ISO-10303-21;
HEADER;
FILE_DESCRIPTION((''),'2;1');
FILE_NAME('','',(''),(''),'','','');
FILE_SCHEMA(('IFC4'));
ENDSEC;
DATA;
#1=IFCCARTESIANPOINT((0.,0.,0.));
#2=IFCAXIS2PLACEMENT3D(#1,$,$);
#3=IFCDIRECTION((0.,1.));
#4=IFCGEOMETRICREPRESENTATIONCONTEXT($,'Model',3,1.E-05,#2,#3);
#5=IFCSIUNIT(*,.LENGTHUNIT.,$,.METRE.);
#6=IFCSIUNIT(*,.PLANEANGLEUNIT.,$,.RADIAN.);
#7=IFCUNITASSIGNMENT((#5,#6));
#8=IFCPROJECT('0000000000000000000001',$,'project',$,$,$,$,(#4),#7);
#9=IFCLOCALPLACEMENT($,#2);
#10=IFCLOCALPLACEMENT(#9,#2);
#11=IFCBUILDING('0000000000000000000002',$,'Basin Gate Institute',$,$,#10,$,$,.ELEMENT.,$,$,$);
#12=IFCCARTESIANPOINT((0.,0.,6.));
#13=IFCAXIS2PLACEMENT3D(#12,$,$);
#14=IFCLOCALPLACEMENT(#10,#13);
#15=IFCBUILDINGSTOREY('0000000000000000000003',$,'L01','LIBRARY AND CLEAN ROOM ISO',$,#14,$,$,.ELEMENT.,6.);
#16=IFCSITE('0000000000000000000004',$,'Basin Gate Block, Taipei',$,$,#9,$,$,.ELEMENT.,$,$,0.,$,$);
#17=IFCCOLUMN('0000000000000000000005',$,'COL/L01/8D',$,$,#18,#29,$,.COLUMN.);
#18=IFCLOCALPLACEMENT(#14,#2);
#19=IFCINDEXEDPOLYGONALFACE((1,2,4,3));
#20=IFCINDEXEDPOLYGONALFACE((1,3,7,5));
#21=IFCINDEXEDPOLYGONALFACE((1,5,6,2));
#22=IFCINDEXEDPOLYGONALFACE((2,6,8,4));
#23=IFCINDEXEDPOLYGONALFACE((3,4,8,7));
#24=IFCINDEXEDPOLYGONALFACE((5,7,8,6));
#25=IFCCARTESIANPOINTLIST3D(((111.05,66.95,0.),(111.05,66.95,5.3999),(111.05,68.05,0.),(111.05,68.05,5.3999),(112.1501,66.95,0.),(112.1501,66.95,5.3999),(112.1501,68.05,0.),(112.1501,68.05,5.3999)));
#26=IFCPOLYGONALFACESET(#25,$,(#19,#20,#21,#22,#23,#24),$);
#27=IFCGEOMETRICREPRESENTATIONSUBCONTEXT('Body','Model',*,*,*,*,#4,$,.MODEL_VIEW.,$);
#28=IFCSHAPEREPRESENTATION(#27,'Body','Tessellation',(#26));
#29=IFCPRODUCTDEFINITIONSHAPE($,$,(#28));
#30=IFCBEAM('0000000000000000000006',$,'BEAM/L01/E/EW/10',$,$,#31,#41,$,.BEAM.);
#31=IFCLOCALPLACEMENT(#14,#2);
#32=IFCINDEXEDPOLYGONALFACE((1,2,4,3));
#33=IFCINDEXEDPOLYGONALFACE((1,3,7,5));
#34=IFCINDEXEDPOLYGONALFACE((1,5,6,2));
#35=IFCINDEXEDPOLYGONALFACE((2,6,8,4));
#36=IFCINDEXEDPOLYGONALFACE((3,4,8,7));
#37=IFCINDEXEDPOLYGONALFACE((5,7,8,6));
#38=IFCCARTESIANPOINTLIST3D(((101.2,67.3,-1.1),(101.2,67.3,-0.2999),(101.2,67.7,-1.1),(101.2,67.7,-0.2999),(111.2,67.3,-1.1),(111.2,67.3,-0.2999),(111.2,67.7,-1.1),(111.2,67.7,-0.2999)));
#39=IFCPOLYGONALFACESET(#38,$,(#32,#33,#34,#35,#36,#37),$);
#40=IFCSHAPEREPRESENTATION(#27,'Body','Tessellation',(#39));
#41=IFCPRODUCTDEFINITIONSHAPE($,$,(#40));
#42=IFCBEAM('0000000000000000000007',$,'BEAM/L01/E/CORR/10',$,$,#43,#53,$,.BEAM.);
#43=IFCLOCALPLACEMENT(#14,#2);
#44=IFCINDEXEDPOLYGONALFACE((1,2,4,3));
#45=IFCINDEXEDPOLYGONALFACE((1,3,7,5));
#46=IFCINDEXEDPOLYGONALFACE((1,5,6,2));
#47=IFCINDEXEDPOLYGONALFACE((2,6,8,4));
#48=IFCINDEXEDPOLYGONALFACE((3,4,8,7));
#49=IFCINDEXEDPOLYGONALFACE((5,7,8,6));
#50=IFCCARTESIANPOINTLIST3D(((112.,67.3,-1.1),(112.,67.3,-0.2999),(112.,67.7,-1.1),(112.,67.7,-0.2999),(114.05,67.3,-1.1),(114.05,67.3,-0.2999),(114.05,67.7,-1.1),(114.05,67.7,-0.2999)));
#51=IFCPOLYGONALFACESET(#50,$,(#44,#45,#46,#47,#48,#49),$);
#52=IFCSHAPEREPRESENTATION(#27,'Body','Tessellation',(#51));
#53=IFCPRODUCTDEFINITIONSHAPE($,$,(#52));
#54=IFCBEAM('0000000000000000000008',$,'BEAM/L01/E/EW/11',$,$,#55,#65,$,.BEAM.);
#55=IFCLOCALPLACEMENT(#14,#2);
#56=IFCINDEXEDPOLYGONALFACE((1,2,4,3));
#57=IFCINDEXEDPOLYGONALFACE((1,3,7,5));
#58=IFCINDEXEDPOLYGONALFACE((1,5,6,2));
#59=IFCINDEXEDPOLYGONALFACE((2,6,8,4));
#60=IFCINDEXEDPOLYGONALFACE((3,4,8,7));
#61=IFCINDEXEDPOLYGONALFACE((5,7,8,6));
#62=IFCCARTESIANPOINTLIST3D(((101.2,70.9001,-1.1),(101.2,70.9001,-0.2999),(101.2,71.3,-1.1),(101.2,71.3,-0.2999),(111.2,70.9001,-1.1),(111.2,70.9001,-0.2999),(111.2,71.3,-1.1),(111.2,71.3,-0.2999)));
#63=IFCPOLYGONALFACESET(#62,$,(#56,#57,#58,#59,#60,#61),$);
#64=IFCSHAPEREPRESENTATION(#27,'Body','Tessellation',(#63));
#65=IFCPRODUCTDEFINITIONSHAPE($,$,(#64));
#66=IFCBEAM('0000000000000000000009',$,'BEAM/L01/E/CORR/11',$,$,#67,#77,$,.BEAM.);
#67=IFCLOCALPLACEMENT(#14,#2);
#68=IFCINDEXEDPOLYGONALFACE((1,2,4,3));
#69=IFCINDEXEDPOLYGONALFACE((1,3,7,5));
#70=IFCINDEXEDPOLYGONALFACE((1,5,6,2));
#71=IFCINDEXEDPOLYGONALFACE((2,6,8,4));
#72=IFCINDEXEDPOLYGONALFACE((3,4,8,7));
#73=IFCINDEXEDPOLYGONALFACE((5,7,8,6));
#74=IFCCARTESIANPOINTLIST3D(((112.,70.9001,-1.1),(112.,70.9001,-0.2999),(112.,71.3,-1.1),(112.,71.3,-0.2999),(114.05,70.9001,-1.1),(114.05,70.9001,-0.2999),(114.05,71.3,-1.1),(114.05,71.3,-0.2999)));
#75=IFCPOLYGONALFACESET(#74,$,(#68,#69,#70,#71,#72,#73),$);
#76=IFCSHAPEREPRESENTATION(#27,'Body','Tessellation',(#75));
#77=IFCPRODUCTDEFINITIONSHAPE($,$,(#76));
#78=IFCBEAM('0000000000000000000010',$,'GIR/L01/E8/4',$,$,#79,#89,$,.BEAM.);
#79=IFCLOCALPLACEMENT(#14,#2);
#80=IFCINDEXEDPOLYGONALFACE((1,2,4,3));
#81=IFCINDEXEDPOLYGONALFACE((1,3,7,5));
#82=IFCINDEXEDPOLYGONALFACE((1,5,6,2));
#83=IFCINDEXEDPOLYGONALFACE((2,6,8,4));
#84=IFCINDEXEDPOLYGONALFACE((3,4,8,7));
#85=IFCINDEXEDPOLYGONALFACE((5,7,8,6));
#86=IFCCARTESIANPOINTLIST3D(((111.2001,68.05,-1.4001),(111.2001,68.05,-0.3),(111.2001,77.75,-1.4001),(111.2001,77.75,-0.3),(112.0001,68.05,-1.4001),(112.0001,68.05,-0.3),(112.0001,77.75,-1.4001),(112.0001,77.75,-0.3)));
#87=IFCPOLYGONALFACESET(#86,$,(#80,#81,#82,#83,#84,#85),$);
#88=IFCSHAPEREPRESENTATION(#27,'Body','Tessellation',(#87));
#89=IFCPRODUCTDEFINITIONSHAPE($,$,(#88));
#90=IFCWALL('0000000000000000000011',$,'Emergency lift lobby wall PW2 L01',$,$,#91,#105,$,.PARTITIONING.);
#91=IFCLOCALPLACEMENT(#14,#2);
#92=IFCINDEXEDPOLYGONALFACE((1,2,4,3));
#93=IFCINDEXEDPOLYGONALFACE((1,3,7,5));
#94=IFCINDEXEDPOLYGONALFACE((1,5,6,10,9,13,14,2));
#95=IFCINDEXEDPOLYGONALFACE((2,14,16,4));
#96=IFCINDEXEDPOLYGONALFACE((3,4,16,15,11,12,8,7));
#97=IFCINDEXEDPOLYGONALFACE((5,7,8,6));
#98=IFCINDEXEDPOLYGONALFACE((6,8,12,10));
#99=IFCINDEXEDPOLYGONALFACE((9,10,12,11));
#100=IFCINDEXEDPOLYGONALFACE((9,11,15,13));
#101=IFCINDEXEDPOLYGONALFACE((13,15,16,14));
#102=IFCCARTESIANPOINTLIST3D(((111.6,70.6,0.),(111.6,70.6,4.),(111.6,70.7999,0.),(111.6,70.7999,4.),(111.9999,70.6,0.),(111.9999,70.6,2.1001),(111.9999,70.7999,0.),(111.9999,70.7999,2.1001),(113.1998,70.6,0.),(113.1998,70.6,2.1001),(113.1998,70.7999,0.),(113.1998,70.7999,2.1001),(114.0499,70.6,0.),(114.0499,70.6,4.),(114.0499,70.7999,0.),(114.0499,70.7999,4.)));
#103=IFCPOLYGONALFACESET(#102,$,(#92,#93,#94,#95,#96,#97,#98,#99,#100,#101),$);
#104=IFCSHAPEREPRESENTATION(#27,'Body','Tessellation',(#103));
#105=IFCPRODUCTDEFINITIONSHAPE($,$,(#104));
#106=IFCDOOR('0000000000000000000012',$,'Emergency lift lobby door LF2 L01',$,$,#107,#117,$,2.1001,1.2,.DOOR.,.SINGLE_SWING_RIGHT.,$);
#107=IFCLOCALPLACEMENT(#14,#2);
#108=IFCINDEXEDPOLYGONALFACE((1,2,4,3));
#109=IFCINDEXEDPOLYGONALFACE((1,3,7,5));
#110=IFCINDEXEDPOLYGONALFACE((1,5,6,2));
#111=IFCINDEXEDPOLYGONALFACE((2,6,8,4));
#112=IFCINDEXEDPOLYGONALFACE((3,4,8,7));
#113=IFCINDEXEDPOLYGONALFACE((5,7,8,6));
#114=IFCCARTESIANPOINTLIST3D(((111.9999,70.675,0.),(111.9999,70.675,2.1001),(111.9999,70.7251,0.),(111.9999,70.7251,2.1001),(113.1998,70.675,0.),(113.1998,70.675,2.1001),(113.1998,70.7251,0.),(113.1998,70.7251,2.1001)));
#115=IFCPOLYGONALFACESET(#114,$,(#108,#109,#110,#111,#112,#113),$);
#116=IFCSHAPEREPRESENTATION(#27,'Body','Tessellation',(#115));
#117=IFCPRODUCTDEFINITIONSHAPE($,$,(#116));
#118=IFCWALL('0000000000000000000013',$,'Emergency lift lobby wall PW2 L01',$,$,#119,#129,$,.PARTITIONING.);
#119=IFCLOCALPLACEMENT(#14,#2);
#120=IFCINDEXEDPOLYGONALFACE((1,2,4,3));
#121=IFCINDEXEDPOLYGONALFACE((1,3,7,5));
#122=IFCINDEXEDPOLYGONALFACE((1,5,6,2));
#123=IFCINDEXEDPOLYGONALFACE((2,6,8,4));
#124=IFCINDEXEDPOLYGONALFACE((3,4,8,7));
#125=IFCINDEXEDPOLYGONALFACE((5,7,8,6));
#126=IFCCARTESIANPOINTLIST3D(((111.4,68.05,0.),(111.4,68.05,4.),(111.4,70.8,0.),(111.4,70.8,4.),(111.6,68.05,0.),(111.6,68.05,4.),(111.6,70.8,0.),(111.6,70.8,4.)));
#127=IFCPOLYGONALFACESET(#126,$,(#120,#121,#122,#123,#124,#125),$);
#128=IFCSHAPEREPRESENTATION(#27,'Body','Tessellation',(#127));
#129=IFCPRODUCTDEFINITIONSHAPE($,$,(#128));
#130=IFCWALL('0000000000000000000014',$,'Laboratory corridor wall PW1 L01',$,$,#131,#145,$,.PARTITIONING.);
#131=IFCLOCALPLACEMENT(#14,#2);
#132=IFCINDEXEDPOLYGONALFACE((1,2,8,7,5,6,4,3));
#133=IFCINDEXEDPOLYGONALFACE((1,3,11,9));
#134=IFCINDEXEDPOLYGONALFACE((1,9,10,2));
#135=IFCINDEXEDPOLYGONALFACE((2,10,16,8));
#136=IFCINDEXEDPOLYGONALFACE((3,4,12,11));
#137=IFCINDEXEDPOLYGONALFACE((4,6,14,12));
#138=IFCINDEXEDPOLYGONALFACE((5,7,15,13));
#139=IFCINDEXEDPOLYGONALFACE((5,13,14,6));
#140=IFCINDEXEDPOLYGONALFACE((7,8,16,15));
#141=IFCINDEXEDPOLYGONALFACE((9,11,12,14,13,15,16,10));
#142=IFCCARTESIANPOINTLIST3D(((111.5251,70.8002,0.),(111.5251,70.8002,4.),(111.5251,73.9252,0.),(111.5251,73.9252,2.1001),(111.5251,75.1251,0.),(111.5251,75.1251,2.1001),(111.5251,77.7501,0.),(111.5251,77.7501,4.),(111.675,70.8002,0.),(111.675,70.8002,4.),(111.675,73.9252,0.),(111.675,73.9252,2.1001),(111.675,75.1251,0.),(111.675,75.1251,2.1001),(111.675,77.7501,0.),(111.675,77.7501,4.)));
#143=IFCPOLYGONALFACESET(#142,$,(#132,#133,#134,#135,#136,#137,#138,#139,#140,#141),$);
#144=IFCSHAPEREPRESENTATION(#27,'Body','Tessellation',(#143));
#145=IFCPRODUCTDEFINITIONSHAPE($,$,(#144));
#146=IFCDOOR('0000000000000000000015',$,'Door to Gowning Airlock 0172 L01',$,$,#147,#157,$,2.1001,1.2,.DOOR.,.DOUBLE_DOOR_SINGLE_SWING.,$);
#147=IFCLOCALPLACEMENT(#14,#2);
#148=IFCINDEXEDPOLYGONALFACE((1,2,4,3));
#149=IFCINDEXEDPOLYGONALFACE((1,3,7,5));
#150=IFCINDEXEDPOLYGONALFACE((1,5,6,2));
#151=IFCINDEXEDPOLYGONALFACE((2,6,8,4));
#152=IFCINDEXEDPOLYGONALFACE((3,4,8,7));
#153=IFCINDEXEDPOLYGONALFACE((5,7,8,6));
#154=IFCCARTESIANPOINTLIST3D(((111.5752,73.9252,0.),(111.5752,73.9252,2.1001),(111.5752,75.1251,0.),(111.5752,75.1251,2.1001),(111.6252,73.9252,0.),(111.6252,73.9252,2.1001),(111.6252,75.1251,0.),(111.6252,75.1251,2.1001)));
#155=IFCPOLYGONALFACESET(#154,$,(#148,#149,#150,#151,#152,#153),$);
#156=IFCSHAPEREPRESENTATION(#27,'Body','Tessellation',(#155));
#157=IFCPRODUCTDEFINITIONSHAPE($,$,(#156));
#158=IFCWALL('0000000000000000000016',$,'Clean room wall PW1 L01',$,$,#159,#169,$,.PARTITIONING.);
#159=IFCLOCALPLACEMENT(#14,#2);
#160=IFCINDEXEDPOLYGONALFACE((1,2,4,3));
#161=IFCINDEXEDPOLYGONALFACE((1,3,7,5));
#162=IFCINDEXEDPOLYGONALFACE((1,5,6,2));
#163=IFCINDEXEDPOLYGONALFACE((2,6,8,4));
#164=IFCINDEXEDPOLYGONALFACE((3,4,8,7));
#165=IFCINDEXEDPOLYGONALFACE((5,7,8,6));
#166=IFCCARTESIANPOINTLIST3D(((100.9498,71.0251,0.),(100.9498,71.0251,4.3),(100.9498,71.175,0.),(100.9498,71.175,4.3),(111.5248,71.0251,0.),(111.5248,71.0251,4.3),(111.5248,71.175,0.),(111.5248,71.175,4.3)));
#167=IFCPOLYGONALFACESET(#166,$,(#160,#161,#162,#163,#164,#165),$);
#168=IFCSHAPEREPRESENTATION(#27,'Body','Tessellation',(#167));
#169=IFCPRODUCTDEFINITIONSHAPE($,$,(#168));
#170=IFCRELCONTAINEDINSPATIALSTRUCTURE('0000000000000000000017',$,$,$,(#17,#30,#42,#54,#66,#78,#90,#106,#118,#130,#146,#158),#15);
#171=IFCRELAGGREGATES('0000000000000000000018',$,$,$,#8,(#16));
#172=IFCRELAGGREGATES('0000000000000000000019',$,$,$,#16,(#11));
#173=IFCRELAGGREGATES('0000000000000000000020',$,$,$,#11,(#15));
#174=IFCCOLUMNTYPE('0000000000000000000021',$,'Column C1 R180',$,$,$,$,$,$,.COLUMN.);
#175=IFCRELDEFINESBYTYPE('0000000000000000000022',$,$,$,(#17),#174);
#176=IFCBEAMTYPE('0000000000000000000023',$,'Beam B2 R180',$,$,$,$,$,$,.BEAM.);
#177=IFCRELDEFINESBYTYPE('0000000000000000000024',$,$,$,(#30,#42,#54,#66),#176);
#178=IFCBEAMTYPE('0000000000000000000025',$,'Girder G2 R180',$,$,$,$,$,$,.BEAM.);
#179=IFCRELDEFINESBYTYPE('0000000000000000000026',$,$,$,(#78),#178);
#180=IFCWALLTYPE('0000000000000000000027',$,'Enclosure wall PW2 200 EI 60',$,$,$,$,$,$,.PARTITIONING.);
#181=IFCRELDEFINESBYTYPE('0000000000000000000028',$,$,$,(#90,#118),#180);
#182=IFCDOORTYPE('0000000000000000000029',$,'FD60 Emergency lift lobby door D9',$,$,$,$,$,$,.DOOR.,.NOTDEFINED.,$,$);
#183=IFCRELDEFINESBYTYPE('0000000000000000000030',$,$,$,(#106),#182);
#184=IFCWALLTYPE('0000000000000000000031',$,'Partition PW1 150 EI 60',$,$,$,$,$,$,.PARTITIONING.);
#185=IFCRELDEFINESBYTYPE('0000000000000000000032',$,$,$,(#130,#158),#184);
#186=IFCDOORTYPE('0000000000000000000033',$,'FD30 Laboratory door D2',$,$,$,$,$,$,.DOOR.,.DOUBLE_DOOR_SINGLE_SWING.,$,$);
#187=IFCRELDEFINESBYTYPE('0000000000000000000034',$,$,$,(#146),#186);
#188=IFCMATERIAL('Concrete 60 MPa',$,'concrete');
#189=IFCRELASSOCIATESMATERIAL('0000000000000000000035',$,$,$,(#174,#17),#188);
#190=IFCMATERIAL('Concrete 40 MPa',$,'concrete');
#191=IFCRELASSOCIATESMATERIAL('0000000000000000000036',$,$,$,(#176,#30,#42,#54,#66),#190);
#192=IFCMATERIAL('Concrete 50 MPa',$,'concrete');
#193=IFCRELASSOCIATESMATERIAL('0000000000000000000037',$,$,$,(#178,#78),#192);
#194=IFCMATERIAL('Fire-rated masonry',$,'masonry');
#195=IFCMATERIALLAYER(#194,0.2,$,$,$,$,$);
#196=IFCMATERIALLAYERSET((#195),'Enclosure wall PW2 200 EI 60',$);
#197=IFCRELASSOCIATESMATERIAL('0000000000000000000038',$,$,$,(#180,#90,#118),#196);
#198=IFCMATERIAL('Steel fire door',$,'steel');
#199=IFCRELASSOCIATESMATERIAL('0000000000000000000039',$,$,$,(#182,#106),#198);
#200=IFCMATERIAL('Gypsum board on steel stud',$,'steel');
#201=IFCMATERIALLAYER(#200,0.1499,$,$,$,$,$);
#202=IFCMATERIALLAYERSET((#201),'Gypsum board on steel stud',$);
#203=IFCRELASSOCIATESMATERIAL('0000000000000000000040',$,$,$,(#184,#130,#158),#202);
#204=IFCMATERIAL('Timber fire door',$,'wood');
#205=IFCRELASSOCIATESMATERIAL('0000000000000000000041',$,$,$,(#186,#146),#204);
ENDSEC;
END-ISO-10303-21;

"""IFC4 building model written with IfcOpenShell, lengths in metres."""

from ifc_helpers import new_model, si_unit, direction, frame, frame_2d, origin, origin_2d, place, context, subcontext, project, spatial, rectangle, extrude, material, layer, layer_set, material_profile, profile_set, type_object, element, fill, save


model = new_model("IFC4")

# Units and contexts
model_context = context("Model", 3, precision=1e-05, world=origin(), true_north=direction((0.0, 1.0)))
body_context = subcontext(model_context, "Body", "Model", "MODEL_VIEW")
ifc_project = project(units=[si_unit("LENGTHUNIT", "METRE"), si_unit("PLANEANGLEUNIT", "RADIAN")], contexts=[model_context])

# Site, building, storey
site_placement = place(None, origin())
site = spatial("IfcSite", under=ifc_project, at=site_placement, Name="Basin Gate Block, Taipei", CompositionType="ELEMENT", RefElevation=0.0)
building_placement = place(site_placement, origin())
building = spatial("IfcBuilding", under=site, at=building_placement, Name="Basin Gate Institute", CompositionType="ELEMENT")
storey_placement = place(building_placement, frame((0.0, 0.0, 6.0)))
storey = spatial("IfcBuildingStorey", under=building, at=storey_placement, Name="L01", Description="LIBRARY AND CLEAN ROOM ISO", CompositionType="ELEMENT", Elevation=6.0)

# Column
ifc_material_1 = material(Name="Concrete 60 MPa", Category="concrete")
ifc_material_profile_1 = material_profile(ifc_material_1, rectangle(XDim=1.1001, YDim=1.1001, at=origin_2d()), Name="Column C1 1100 x 1100")
ifc_profile_set_1 = profile_set([ifc_material_profile_1], Name="Concrete 60 MPa")
column_type = type_object("IfcColumnType", Name="Column C1 R180", PredefinedType="COLUMN", material=ifc_profile_set_1)
column_placement = place(storey_placement, frame((111.6001, 67.5, 0.0), z_axis=(0.0, 0.0, 1.0), x_axis=(1.0, 0.0, 0.0)))
element("IfcColumn", 1, at=column_placement, inside=storey, type_object=column_type, material=ifc_profile_set_1, Name="COL/L01/8D", PredefinedType="COLUMN", context=body_context, shape_type="SweptSolid", body=[
    extrude(rectangle(XDim=1.1001, YDim=1.1001, at=origin_2d()), origin(), (0.0, 0.0, 1.0), 5.3999),
])

# Beams
ifc_material_2 = material(Name="Concrete 40 MPa", Category="concrete")
ifc_material_profile_2 = material_profile(ifc_material_2, rectangle(XDim=0.3999, YDim=0.8, at=origin_2d()), Name="Beam B2 400 x 800")
ifc_profile_set_2 = profile_set([ifc_material_profile_2], Name="Concrete 40 MPa")
beam_type_1 = type_object("IfcBeamType", Name="Beam B2 R180", PredefinedType="BEAM", material=ifc_profile_set_2)
beam_1_placement = place(storey_placement, frame((111.2, 67.5, -0.7), z_axis=(-1.0, 0.0, 0.0), x_axis=(0.0, -1.0, 0.0)))
element("IfcBeam", 2, at=beam_1_placement, inside=storey, type_object=beam_type_1, material=ifc_profile_set_2, Name="BEAM/L01/E/EW/10", PredefinedType="BEAM", context=body_context, shape_type="SweptSolid", body=[
    extrude(rectangle(XDim=0.3999, YDim=0.8, at=origin_2d()), origin(), (0.0, 0.0, 1.0), 10.0),
])
beam_2_placement = place(storey_placement, frame((114.05, 67.5, -0.7), z_axis=(-1.0, 0.0, 0.0), x_axis=(0.0, -1.0, 0.0)))
element("IfcBeam", 3, at=beam_2_placement, inside=storey, type_object=beam_type_1, material=ifc_profile_set_2, Name="BEAM/L01/E/CORR/10", PredefinedType="BEAM", context=body_context, shape_type="SweptSolid", body=[
    extrude(rectangle(XDim=0.3999, YDim=0.8, at=origin_2d()), origin(), (0.0, 0.0, 1.0), 2.05),
])
beam_3_placement = place(storey_placement, frame((111.2, 71.1001, -0.7), z_axis=(-1.0, 0.0, 0.0), x_axis=(0.0, -1.0, 0.0)))
element("IfcBeam", 4, at=beam_3_placement, inside=storey, type_object=beam_type_1, material=ifc_profile_set_2, Name="BEAM/L01/E/EW/11", PredefinedType="BEAM", context=body_context, shape_type="SweptSolid", body=[
    extrude(rectangle(XDim=0.3999, YDim=0.8, at=origin_2d()), origin(), (0.0, 0.0, 1.0), 10.0),
])
beam_4_placement = place(storey_placement, frame((114.05, 71.1001, -0.7), z_axis=(-1.0, 0.0, 0.0), x_axis=(0.0, -1.0, 0.0)))
element("IfcBeam", 5, at=beam_4_placement, inside=storey, type_object=beam_type_1, material=ifc_profile_set_2, Name="BEAM/L01/E/CORR/11", PredefinedType="BEAM", context=body_context, shape_type="SweptSolid", body=[
    extrude(rectangle(XDim=0.3999, YDim=0.8, at=origin_2d()), origin(), (0.0, 0.0, 1.0), 2.05),
])
ifc_material_3 = material(Name="Concrete 50 MPa", Category="concrete")
ifc_material_profile_3 = material_profile(ifc_material_3, rectangle(XDim=0.8, YDim=1.1001, at=origin_2d()), Name="Girder G2 800 x 1100")
ifc_profile_set_3 = profile_set([ifc_material_profile_3], Name="Concrete 50 MPa")
beam_type_2 = type_object("IfcBeamType", Name="Girder G2 R180", PredefinedType="BEAM", material=ifc_profile_set_3)
beam_5_placement = place(storey_placement, frame((111.6001, 68.05, -0.8501), z_axis=(0.0, 1.0, 0.0), x_axis=(-1.0, 0.0, 0.0)))
element("IfcBeam", 6, at=beam_5_placement, inside=storey, type_object=beam_type_2, material=ifc_profile_set_3, Name="GIR/L01/E8/4", PredefinedType="BEAM", context=body_context, shape_type="SweptSolid", body=[
    extrude(rectangle(XDim=0.8, YDim=1.1001, at=origin_2d()), origin(), (0.0, 0.0, 1.0), 9.7),
])

# Wall, opening, door
ifc_material_4 = material(Name="Fire-rated masonry", Category="masonry")
ifc_layer_1 = layer(ifc_material_4, 0.2)
ifc_layer_set_1 = layer_set([ifc_layer_1], Name="Enclosure wall PW2 200 EI 60")
wall_type_1 = type_object("IfcWallType", Name="Enclosure wall PW2 200 EI 60", PredefinedType="PARTITIONING", material=ifc_layer_set_1)
wall_1_placement = place(storey_placement, frame((114.05, 70.7, 0.0), z_axis=(0.0, 0.0, 1.0), x_axis=(-1.0, 0.0, 0.0)))
wall_1 = element("IfcWall", 7, at=wall_1_placement, inside=storey, type_object=wall_type_1, material=ifc_layer_set_1, Name="Emergency lift lobby wall PW2 L01", PredefinedType="PARTITIONING", context=body_context, shape_type="SweptSolid", body=[
    extrude(rectangle(XDim=2.45, YDim=0.2, at=frame_2d((1.2251, 0.0))), origin(), (0.0, 0.0, 1.0), 4.0),
])
opening_1_placement = place(wall_1_placement, frame((0.8501, 0.0, 0.0)))
opening_1 = element("IfcOpeningElement", 8, at=opening_1_placement, cuts=wall_1, PredefinedType="OPENING", context=body_context, shape_type="SweptSolid", body=[
    extrude(rectangle(XDim=1.2, YDim=2.1001, at=frame_2d((0.6001, 1.05))), frame((0.0, 0.1099, 0.0), z_axis=(0.0, -1.0, 0.0), x_axis=(1.0, 0.0, 0.0)), (0.0, 0.0, 1.0), 0.22),
])
ifc_material_5 = material(Name="Steel fire door", Category="steel")
door_type_1 = type_object("IfcDoorType", Name="FD60 Emergency lift lobby door D9", OperationType="NOTDEFINED", PredefinedType="DOOR", material=ifc_material_5)
door_1_placement = place(opening_1_placement, origin())
door_1 = element("IfcDoor", 9, at=door_1_placement, inside=storey, type_object=door_type_1, material=ifc_material_5, Name="Emergency lift lobby door LF2 L01", OperationType="SINGLE_SWING_RIGHT", OverallHeight=2.1001, OverallWidth=1.2, PredefinedType="DOOR", context=body_context, shape_type="SweptSolid", body=[
    extrude(rectangle(XDim=1.2, YDim=2.1001, at=frame_2d((0.6001, 1.05))), frame((0.0, 0.0249, 0.0), z_axis=(0.0, -1.0, 0.0), x_axis=(1.0, 0.0, 0.0)), (0.0, 0.0, 1.0), 0.05),
])
fill(opening_1, door_1)

# Wall
wall_2_placement = place(storey_placement, frame((111.5, 68.05, 0.0), z_axis=(0.0, 0.0, 1.0), x_axis=(0.0, 1.0, 0.0)))
element("IfcWall", 10, at=wall_2_placement, inside=storey, type_object=wall_type_1, material=ifc_layer_set_1, Name="Emergency lift lobby wall PW2 L01", PredefinedType="PARTITIONING", context=body_context, shape_type="SweptSolid", body=[
    extrude(rectangle(XDim=2.75, YDim=0.2, at=frame_2d((1.375, 0.0))), origin(), (0.0, 0.0, 1.0), 4.0),
])

# Wall, opening, door
ifc_material_6 = material(Name="Gypsum board on steel stud", Category="steel")
ifc_layer_2 = layer(ifc_material_6, 0.1499)
ifc_layer_set_2 = layer_set([ifc_layer_2], Name="Gypsum board on steel stud")
wall_type_2 = type_object("IfcWallType", Name="Partition PW1 150 EI 60", PredefinedType="PARTITIONING", material=ifc_layer_set_2)
wall_3_placement = place(storey_placement, frame((111.6001, 70.8, 0.0), z_axis=(0.0, 0.0, 1.0), x_axis=(0.0, 1.0, 0.0)))
wall_3 = element("IfcWall", 11, at=wall_3_placement, inside=storey, type_object=wall_type_2, material=ifc_layer_set_2, Name="Laboratory corridor wall PW1 L01", PredefinedType="PARTITIONING", context=body_context, shape_type="SweptSolid", body=[
    extrude(rectangle(XDim=6.95, YDim=0.1499, at=frame_2d((3.4751, 0.0))), origin(), (0.0, 0.0, 1.0), 4.0),
])
opening_2_placement = place(wall_3_placement, frame((3.125, 0.0, 0.0)))
opening_2 = element("IfcOpeningElement", 12, at=opening_2_placement, cuts=wall_3, PredefinedType="OPENING", context=body_context, shape_type="SweptSolid", body=[
    extrude(rectangle(XDim=1.2, YDim=2.1001, at=frame_2d((0.6001, 1.05))), frame((0.0, 0.085, 0.0), z_axis=(0.0, -1.0, 0.0), x_axis=(1.0, 0.0, 0.0)), (0.0, 0.0, 1.0), 0.1699),
])
ifc_material_7 = material(Name="Timber fire door", Category="wood")
door_type_2 = type_object("IfcDoorType", Name="FD30 Laboratory door D2", OperationType="DOUBLE_DOOR_SINGLE_SWING", PredefinedType="DOOR", material=ifc_material_7)
door_2_placement = place(opening_2_placement, origin())
door_2 = element("IfcDoor", 13, at=door_2_placement, inside=storey, type_object=door_type_2, material=ifc_material_7, Name="Door to Gowning Airlock 0172 L01", OperationType="DOUBLE_DOOR_SINGLE_SWING", OverallHeight=2.1001, OverallWidth=1.2, PredefinedType="DOOR", context=body_context, shape_type="SweptSolid", body=[
    extrude(rectangle(XDim=1.2, YDim=2.1001, at=frame_2d((0.6001, 1.05))), frame((0.0, 0.0249, 0.0), z_axis=(0.0, -1.0, 0.0), x_axis=(1.0, 0.0, 0.0)), (0.0, 0.0, 1.0), 0.05),
])
fill(opening_2, door_2)

# Wall
wall_4_placement = place(storey_placement, frame((111.5249, 71.1001, 0.0), z_axis=(0.0, 0.0, 1.0), x_axis=(-1.0, 0.0, 0.0)))
element("IfcWall", 14, at=wall_4_placement, inside=storey, type_object=wall_type_2, material=ifc_layer_set_2, Name="Clean room wall PW1 L01", PredefinedType="PARTITIONING", context=body_context, shape_type="SweptSolid", body=[
    extrude(rectangle(XDim=10.575, YDim=0.1499, at=frame_2d((5.2876, 0.0))), origin(), (0.0, 0.0, 1.0), 4.3),
])

save(model, "model.ifc")
